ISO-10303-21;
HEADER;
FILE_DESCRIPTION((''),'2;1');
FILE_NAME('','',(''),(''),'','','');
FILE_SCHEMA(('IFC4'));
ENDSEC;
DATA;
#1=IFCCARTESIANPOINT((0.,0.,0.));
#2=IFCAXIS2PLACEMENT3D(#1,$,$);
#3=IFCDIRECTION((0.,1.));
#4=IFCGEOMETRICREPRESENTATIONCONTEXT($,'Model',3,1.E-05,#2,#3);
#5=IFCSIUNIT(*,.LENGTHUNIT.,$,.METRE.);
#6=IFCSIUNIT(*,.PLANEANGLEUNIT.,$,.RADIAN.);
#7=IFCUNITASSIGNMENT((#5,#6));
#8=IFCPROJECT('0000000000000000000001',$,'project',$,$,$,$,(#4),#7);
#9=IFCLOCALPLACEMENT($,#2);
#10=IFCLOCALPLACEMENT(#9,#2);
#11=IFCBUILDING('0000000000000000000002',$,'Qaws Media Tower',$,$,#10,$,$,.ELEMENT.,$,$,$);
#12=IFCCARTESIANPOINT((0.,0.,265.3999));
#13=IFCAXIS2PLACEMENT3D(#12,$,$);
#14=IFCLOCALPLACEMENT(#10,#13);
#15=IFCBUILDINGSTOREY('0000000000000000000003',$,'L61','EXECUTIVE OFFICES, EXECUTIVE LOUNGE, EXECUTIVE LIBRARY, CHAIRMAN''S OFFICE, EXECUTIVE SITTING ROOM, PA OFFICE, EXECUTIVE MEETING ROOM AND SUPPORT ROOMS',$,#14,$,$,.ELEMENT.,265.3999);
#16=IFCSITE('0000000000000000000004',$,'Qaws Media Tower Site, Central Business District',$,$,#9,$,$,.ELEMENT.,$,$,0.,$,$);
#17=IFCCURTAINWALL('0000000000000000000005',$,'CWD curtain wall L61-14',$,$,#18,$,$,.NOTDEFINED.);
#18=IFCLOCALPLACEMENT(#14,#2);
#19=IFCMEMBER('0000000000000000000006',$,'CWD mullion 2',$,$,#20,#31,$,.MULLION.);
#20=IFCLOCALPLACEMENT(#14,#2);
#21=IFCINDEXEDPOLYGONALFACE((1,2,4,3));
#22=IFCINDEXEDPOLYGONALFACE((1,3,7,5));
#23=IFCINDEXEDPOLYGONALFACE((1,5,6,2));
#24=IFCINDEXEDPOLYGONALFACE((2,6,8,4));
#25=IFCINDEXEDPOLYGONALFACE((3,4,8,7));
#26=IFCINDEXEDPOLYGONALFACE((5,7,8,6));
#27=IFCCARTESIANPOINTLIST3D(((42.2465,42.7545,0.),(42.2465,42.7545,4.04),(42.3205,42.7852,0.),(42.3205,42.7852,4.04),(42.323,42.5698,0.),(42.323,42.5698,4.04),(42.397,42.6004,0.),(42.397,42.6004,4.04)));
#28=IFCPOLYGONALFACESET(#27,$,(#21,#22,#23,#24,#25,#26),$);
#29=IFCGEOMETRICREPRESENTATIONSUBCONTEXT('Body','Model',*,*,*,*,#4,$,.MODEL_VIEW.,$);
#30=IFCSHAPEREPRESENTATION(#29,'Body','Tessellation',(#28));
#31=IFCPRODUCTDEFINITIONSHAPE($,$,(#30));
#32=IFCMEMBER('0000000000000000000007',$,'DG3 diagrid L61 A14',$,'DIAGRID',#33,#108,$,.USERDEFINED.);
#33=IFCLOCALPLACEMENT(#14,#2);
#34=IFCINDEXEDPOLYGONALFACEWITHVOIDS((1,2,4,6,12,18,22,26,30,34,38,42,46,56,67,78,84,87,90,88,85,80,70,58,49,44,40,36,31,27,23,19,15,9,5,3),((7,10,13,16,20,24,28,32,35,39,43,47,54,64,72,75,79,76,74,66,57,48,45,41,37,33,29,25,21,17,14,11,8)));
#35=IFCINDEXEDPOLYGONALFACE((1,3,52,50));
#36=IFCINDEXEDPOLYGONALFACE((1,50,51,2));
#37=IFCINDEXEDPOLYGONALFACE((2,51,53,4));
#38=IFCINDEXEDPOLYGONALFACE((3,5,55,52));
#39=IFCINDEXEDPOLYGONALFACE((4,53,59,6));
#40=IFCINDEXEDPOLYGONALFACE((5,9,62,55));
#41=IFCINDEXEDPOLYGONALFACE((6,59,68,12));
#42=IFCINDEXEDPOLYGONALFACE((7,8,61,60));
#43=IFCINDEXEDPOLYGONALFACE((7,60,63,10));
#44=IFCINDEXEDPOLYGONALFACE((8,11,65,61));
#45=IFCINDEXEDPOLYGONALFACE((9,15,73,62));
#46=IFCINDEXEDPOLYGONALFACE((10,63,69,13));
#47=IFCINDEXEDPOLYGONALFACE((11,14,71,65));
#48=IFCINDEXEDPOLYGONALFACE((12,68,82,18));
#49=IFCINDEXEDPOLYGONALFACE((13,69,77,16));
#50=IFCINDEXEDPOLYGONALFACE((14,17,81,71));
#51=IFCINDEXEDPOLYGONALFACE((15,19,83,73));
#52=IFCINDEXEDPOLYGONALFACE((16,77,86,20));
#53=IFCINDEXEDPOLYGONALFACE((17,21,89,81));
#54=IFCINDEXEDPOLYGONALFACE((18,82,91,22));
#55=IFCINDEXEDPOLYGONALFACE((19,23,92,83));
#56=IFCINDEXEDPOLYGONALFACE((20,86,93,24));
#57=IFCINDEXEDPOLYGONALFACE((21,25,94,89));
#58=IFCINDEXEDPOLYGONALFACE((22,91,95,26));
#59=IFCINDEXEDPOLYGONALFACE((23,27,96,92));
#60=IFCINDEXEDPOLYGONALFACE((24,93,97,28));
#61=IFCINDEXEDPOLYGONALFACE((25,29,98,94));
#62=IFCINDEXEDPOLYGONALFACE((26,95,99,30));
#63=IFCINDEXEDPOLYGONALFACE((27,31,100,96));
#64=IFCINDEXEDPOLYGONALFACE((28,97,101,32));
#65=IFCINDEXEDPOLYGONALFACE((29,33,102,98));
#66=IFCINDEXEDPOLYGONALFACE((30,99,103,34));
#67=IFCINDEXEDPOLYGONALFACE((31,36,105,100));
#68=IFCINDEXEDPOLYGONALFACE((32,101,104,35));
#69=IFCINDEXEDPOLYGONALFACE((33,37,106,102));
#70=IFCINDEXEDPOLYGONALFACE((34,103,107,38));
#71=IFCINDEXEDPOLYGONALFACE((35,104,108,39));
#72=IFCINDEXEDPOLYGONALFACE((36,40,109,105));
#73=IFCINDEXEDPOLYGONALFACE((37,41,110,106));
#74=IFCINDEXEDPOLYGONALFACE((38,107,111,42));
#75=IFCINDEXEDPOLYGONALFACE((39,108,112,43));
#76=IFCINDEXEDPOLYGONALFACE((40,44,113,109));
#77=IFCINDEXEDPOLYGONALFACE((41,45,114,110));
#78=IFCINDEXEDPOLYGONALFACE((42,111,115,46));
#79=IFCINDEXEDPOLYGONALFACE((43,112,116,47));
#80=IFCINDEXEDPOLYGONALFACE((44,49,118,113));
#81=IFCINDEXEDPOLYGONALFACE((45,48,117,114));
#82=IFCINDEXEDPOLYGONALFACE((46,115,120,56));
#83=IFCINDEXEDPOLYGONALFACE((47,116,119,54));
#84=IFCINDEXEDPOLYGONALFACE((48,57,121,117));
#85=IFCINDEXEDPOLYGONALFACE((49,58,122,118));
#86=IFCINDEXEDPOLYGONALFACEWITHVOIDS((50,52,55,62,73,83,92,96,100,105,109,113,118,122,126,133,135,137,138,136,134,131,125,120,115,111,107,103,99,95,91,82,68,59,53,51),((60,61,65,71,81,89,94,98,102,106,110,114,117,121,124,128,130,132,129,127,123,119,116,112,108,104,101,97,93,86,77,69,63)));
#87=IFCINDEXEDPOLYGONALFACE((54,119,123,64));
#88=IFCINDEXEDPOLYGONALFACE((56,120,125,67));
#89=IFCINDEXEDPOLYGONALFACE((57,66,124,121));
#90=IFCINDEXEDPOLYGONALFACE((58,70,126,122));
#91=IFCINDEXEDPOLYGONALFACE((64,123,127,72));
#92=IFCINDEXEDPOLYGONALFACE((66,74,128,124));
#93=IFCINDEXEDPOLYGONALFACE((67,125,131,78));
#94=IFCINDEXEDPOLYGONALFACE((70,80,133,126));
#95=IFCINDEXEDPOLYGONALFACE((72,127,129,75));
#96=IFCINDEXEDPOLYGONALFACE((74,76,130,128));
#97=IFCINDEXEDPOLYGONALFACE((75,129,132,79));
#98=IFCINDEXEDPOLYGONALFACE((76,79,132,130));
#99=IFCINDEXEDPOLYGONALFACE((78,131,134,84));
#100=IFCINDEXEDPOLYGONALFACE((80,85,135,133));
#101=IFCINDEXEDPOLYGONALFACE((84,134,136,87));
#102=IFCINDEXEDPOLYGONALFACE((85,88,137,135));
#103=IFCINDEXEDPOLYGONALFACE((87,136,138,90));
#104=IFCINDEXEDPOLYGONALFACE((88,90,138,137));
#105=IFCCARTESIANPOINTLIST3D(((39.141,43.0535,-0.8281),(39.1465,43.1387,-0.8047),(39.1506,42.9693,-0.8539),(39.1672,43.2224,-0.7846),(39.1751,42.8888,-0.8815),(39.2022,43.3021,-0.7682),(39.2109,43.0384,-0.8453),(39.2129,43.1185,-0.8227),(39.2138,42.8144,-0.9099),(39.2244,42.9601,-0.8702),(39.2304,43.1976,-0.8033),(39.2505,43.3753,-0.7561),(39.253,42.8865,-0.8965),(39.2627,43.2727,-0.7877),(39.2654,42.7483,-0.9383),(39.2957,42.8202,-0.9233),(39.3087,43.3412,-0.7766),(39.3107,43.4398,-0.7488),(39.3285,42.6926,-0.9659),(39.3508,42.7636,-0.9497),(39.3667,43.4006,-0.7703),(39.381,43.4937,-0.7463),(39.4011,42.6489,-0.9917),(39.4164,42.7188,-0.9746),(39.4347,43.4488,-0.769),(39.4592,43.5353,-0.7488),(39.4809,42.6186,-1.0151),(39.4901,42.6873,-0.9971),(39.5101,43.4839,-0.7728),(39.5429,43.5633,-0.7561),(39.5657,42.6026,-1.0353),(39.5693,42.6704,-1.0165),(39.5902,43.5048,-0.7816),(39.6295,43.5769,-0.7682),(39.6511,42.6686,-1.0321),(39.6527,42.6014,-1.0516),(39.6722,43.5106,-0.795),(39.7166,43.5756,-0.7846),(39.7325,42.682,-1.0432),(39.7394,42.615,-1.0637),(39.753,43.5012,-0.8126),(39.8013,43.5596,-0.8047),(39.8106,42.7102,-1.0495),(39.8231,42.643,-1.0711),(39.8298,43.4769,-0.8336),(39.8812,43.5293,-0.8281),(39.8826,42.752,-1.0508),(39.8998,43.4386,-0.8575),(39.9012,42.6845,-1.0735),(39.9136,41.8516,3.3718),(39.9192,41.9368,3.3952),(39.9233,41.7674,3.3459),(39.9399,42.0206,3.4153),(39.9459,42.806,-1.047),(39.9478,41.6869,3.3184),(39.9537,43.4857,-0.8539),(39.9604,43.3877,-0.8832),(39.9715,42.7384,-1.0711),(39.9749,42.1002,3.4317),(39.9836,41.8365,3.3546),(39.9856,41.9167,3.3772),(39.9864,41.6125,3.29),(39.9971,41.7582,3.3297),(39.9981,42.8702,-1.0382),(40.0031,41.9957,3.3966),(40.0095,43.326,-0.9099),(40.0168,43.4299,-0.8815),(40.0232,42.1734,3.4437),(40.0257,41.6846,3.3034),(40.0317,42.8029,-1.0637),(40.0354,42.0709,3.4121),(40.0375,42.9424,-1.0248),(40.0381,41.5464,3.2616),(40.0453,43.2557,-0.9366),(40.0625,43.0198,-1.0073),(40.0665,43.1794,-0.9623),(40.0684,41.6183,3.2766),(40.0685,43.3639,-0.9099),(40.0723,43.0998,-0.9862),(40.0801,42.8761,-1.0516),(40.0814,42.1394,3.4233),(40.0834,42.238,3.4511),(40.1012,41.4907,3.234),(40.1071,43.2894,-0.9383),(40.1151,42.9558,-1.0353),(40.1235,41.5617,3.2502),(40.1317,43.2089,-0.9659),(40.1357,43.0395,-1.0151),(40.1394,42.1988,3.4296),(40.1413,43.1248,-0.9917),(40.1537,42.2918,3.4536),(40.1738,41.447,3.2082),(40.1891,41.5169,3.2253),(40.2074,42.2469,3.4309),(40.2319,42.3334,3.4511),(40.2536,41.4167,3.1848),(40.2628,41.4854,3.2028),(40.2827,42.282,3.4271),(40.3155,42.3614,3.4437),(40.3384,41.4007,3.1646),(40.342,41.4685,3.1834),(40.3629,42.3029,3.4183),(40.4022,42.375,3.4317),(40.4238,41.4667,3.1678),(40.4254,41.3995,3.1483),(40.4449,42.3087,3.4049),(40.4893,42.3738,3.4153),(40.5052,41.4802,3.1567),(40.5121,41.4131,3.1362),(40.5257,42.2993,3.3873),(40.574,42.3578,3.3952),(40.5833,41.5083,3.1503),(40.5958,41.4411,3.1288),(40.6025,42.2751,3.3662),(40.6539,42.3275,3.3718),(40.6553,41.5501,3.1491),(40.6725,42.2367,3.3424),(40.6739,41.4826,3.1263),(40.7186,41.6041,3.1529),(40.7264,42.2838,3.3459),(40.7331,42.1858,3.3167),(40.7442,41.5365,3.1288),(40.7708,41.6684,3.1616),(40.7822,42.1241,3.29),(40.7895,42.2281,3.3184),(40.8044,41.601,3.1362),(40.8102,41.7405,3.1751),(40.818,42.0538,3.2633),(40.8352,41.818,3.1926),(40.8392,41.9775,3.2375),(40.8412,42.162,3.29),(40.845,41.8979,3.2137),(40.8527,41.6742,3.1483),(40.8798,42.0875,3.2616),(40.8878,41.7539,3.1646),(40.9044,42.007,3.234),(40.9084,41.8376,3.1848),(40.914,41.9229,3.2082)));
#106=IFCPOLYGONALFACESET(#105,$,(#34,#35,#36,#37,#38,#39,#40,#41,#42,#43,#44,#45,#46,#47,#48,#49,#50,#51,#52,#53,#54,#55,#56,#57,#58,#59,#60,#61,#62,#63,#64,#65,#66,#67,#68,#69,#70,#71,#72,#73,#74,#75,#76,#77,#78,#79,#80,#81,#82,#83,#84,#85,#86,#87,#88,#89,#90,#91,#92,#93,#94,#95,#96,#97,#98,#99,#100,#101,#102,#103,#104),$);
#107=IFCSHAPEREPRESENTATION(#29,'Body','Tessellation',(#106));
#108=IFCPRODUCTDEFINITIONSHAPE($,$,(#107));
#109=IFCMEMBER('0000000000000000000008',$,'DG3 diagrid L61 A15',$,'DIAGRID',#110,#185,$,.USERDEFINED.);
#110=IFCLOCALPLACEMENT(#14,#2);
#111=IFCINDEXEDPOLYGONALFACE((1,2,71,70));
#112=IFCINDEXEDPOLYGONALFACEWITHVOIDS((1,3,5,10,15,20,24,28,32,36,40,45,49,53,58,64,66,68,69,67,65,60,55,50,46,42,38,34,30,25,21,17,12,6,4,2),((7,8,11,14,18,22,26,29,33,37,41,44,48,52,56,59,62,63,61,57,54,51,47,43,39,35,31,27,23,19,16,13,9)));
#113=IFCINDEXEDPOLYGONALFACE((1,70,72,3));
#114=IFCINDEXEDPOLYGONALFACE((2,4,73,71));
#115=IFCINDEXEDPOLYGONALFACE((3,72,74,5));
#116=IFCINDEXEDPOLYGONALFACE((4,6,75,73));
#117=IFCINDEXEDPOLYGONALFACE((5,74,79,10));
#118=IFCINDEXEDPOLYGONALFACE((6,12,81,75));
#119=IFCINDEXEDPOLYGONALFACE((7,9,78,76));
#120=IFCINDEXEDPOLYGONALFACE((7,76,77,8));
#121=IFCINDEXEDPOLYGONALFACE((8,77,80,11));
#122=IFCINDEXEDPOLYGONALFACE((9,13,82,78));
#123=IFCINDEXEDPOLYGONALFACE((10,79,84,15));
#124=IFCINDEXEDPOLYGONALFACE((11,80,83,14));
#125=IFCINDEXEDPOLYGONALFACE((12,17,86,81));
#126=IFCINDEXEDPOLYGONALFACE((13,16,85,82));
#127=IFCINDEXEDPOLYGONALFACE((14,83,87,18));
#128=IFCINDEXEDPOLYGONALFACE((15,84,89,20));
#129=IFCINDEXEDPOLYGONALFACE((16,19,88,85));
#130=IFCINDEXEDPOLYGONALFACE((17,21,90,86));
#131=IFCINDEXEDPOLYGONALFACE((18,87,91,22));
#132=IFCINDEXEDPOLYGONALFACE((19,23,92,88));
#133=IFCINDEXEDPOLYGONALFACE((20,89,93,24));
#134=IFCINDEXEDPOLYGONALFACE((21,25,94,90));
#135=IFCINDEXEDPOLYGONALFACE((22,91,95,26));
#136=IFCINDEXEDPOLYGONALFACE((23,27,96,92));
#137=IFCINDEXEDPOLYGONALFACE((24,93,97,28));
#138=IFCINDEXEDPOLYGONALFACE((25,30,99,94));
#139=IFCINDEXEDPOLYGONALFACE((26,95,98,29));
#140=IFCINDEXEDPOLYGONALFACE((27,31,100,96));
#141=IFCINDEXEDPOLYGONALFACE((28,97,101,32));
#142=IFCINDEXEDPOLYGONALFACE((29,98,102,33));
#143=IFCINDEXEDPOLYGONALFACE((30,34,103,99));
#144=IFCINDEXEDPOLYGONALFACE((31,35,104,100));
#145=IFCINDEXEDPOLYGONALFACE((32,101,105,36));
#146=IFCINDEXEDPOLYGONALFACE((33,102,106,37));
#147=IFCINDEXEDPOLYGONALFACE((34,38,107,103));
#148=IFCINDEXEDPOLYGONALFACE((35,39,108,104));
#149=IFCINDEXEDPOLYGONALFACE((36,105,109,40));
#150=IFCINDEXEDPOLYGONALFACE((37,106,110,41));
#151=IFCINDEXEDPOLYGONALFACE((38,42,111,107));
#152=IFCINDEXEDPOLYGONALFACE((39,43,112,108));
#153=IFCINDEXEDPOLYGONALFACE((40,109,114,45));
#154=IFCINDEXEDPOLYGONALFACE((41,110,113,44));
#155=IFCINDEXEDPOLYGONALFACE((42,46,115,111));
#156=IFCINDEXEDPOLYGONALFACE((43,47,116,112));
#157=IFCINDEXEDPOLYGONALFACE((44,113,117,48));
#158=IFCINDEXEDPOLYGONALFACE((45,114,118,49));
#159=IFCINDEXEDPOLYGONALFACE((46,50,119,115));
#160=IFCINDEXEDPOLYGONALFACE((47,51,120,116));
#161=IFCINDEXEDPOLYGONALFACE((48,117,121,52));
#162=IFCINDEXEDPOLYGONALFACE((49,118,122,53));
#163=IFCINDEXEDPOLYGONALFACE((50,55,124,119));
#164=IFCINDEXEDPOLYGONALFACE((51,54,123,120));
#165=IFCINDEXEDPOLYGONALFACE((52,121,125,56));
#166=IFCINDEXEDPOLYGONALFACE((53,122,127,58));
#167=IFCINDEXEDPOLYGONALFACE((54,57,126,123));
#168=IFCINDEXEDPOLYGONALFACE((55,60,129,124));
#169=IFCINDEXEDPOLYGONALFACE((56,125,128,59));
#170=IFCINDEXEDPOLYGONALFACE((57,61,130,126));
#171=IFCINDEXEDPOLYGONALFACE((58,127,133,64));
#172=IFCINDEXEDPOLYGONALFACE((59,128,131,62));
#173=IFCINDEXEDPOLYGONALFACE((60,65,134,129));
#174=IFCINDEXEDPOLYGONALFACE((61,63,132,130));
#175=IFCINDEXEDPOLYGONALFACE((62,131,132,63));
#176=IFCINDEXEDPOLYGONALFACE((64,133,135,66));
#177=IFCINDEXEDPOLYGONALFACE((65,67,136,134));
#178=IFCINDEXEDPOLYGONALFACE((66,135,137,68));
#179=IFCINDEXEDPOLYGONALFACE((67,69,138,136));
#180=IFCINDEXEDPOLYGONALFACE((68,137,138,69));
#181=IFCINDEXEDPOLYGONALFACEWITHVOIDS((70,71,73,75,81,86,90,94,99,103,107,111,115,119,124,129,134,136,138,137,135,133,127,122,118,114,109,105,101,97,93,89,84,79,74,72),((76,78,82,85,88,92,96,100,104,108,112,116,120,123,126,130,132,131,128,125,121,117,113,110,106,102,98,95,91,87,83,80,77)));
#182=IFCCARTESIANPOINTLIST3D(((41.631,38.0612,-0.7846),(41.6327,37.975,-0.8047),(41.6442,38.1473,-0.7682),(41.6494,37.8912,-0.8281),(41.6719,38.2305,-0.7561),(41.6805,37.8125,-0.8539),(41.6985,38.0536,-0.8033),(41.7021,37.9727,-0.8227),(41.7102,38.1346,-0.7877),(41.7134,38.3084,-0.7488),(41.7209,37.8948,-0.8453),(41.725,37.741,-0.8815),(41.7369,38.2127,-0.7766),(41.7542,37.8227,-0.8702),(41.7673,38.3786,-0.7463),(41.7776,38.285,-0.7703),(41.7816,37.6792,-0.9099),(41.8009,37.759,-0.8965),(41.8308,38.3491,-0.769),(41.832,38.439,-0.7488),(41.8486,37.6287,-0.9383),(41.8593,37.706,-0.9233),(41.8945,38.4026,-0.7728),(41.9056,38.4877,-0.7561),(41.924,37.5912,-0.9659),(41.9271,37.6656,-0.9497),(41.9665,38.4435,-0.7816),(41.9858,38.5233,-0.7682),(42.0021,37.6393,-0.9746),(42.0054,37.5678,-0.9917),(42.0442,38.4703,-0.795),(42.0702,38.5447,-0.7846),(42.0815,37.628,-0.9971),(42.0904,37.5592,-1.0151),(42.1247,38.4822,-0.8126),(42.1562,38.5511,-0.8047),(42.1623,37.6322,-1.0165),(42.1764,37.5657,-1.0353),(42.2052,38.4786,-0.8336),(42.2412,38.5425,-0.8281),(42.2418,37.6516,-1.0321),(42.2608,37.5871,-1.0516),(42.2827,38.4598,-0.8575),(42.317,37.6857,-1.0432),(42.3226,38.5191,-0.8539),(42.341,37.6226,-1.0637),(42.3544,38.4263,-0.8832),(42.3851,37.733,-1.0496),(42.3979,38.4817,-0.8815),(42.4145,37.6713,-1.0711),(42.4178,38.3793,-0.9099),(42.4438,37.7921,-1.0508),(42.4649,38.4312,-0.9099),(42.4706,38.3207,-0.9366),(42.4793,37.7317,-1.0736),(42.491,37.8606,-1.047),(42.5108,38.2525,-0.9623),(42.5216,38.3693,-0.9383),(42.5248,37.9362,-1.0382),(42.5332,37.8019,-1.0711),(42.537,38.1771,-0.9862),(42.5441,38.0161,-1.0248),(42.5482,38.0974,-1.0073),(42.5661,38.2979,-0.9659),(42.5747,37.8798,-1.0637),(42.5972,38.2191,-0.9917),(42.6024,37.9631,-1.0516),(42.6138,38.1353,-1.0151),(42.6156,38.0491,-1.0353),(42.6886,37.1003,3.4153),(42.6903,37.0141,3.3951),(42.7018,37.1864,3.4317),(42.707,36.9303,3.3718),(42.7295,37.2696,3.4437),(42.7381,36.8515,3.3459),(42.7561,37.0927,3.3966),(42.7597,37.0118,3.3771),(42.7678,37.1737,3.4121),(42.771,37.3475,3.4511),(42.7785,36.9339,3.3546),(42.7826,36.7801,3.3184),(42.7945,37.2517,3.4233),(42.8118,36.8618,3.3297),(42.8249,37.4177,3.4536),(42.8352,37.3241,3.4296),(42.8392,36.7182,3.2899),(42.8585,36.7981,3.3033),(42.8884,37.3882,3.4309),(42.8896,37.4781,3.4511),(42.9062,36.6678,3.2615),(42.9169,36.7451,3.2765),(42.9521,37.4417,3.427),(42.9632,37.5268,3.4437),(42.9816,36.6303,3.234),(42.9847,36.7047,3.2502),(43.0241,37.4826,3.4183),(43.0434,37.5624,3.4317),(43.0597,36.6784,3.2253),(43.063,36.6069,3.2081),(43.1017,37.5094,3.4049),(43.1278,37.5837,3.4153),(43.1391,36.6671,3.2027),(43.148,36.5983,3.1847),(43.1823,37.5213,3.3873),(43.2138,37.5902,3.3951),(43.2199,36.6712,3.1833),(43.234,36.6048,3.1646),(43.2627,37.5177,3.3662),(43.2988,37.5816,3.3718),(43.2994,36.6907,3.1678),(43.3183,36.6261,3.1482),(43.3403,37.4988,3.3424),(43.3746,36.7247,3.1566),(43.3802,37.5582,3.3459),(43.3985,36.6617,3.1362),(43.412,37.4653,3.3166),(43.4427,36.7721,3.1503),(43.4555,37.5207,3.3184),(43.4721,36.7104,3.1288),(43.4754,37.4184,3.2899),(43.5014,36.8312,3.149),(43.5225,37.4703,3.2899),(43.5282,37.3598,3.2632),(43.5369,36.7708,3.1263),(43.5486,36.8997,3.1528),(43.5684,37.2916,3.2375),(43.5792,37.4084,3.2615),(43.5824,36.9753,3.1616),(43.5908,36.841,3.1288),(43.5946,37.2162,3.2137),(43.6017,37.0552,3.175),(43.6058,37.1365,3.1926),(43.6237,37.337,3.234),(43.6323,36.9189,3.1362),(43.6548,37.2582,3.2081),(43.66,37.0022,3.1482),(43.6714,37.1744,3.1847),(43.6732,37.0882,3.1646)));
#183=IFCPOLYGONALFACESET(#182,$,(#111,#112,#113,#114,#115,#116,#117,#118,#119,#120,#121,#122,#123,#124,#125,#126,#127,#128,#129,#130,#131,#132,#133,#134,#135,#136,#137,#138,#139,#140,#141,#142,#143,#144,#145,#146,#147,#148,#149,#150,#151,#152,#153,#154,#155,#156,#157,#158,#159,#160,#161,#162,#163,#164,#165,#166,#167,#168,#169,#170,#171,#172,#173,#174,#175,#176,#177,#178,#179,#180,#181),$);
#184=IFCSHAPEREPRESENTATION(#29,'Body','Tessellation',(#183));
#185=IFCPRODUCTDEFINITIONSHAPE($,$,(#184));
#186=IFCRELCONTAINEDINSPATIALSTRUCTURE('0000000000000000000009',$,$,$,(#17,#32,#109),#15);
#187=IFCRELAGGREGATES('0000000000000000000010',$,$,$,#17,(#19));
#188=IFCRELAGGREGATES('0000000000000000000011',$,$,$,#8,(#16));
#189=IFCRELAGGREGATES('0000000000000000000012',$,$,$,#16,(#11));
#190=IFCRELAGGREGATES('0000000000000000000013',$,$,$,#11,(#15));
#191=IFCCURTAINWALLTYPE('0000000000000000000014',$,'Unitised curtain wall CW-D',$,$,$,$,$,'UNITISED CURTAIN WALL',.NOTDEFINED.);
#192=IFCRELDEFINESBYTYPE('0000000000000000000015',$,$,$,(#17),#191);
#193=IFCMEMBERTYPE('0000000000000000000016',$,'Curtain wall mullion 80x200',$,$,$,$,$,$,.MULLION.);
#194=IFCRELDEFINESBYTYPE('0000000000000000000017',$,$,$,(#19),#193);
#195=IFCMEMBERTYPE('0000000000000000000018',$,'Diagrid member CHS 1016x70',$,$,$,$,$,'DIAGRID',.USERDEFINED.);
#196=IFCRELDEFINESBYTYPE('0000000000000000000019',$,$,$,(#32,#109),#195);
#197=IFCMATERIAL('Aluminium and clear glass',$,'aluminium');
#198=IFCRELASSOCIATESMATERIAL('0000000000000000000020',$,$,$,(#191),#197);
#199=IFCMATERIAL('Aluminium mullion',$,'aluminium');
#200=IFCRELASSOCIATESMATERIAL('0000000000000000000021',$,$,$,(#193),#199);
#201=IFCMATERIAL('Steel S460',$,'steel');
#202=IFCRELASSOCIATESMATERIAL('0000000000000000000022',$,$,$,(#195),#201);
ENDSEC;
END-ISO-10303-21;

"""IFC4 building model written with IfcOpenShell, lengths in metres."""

from ifc_helpers import new_model, si_unit, direction, frame, origin, origin_2d, place, context, subcontext, project, spatial, rectangle, hollow_circle, extrude, material, material_profile, profile_set, type_object, element, aggregate, save


model = new_model("IFC4")

# Units and contexts
model_context = context("Model", 3, precision=1e-05, world=origin(), true_north=direction((0.0, 1.0)))
body_context = subcontext(model_context, "Body", "Model", "MODEL_VIEW")
ifc_project = project(units=[si_unit("LENGTHUNIT", "METRE"), si_unit("PLANEANGLEUNIT", "RADIAN")], contexts=[model_context])

# Site, building, storey
site_placement = place(None, origin())
site = spatial("IfcSite", under=ifc_project, at=site_placement, Name="Qaws Media Tower Site, Central Business District", CompositionType="ELEMENT", RefElevation=0.0)
building_placement = place(site_placement, origin())
building = spatial("IfcBuilding", under=site, at=building_placement, Name="Qaws Media Tower", CompositionType="ELEMENT")
storey_placement = place(building_placement, frame((0.0, 0.0, 265.3999)))
storey = spatial("IfcBuildingStorey", under=building, at=storey_placement, Name="L61", Description="EXECUTIVE OFFICES, EXECUTIVE LOUNGE, EXECUTIVE LIBRARY, CHAIRMAN'S OFFICE, EXECUTIVE SITTING ROOM, PA OFFICE, EXECUTIVE MEETING ROOM AND SUPPORT ROOMS", CompositionType="ELEMENT", Elevation=265.3999)

# Curtain wall, member
ifc_material_1 = material(Name="Aluminium and clear glass", Category="aluminium")
curtain_wall_type = type_object("IfcCurtainWallType", Name="Unitised curtain wall CW-D", ElementType="UNITISED CURTAIN WALL", PredefinedType="NOTDEFINED", material=ifc_material_1)
curtain_wall_placement = place(storey_placement, origin())
curtain_wall = element("IfcCurtainWall", 1, at=curtain_wall_placement, inside=storey, type_object=curtain_wall_type, Name="CWD curtain wall L61-14", PredefinedType="NOTDEFINED")
ifc_material_2 = material(Name="Aluminium mullion", Category="aluminium")
ifc_material_profile_1 = material_profile(ifc_material_2, rectangle(XDim=0.0801, YDim=0.2, at=origin_2d()), Name="80x200")
ifc_profile_set_1 = profile_set([ifc_material_profile_1], Name="Aluminium mullion")
member_type_1 = type_object("IfcMemberType", Name="Curtain wall mullion 80x200", PredefinedType="MULLION", material=ifc_profile_set_1)
member_1_placement = place(storey_placement, frame((42.3218, 42.6775, 0.0), z_axis=(0.0, 0.0, 1.0), x_axis=(0.92388, 0.382683, 0.0)))
member_1 = element("IfcMember", 2, at=member_1_placement, type_object=member_type_1, Name="CWD mullion 2", PredefinedType="MULLION", context=body_context, shape_type="SweptSolid", body=[
    extrude(rectangle(XDim=0.0801, YDim=0.2, at=origin_2d()), origin(), (0.0, 0.0, 1.0), 4.04),
])

# Members
ifc_material_3 = material(Name="Steel S460", Category="steel")
ifc_material_profile_2 = material_profile(ifc_material_3, hollow_circle(Radius=0.5081, WallThickness=0.0701, at=origin_2d()), Name="CHS 1016x70")
ifc_profile_set_2 = profile_set([ifc_material_profile_2], Name="Steel S460")
member_type_2 = type_object("IfcMemberType", Name="Diagrid member CHS 1016x70", ElementType="DIAGRID", PredefinedType="USERDEFINED", material=ifc_profile_set_2)
for number, where, z_axis, x_axis, name in (
    (3, (39.6411, 43.0891, -0.9099), (0.174176, -0.270922, 0.946712), (0.841162, 0.540783, 0.0), "DG3 diagrid L61 A14"),
    (4, (42.1233, 38.0552, -0.9099), (0.238396, -0.216604, 0.946705), (0.672469, 0.740126, 0.0), "DG3 diagrid L61 A15"),
):
    element("IfcMember", number, at=place(storey_placement, frame(where, z_axis=z_axis, x_axis=x_axis)), inside=storey, type_object=member_type_2, Name=name, ObjectType="DIAGRID", PredefinedType="USERDEFINED", context=body_context, shape_type="SweptSolid", body=[
        extrude(hollow_circle(Radius=0.5081, WallThickness=0.0701, at=origin_2d()), origin(), (0.0, 0.0, 1.0), 4.4363),
    ])

aggregate(curtain_wall, [member_1])

save(model, "model.ifc")
